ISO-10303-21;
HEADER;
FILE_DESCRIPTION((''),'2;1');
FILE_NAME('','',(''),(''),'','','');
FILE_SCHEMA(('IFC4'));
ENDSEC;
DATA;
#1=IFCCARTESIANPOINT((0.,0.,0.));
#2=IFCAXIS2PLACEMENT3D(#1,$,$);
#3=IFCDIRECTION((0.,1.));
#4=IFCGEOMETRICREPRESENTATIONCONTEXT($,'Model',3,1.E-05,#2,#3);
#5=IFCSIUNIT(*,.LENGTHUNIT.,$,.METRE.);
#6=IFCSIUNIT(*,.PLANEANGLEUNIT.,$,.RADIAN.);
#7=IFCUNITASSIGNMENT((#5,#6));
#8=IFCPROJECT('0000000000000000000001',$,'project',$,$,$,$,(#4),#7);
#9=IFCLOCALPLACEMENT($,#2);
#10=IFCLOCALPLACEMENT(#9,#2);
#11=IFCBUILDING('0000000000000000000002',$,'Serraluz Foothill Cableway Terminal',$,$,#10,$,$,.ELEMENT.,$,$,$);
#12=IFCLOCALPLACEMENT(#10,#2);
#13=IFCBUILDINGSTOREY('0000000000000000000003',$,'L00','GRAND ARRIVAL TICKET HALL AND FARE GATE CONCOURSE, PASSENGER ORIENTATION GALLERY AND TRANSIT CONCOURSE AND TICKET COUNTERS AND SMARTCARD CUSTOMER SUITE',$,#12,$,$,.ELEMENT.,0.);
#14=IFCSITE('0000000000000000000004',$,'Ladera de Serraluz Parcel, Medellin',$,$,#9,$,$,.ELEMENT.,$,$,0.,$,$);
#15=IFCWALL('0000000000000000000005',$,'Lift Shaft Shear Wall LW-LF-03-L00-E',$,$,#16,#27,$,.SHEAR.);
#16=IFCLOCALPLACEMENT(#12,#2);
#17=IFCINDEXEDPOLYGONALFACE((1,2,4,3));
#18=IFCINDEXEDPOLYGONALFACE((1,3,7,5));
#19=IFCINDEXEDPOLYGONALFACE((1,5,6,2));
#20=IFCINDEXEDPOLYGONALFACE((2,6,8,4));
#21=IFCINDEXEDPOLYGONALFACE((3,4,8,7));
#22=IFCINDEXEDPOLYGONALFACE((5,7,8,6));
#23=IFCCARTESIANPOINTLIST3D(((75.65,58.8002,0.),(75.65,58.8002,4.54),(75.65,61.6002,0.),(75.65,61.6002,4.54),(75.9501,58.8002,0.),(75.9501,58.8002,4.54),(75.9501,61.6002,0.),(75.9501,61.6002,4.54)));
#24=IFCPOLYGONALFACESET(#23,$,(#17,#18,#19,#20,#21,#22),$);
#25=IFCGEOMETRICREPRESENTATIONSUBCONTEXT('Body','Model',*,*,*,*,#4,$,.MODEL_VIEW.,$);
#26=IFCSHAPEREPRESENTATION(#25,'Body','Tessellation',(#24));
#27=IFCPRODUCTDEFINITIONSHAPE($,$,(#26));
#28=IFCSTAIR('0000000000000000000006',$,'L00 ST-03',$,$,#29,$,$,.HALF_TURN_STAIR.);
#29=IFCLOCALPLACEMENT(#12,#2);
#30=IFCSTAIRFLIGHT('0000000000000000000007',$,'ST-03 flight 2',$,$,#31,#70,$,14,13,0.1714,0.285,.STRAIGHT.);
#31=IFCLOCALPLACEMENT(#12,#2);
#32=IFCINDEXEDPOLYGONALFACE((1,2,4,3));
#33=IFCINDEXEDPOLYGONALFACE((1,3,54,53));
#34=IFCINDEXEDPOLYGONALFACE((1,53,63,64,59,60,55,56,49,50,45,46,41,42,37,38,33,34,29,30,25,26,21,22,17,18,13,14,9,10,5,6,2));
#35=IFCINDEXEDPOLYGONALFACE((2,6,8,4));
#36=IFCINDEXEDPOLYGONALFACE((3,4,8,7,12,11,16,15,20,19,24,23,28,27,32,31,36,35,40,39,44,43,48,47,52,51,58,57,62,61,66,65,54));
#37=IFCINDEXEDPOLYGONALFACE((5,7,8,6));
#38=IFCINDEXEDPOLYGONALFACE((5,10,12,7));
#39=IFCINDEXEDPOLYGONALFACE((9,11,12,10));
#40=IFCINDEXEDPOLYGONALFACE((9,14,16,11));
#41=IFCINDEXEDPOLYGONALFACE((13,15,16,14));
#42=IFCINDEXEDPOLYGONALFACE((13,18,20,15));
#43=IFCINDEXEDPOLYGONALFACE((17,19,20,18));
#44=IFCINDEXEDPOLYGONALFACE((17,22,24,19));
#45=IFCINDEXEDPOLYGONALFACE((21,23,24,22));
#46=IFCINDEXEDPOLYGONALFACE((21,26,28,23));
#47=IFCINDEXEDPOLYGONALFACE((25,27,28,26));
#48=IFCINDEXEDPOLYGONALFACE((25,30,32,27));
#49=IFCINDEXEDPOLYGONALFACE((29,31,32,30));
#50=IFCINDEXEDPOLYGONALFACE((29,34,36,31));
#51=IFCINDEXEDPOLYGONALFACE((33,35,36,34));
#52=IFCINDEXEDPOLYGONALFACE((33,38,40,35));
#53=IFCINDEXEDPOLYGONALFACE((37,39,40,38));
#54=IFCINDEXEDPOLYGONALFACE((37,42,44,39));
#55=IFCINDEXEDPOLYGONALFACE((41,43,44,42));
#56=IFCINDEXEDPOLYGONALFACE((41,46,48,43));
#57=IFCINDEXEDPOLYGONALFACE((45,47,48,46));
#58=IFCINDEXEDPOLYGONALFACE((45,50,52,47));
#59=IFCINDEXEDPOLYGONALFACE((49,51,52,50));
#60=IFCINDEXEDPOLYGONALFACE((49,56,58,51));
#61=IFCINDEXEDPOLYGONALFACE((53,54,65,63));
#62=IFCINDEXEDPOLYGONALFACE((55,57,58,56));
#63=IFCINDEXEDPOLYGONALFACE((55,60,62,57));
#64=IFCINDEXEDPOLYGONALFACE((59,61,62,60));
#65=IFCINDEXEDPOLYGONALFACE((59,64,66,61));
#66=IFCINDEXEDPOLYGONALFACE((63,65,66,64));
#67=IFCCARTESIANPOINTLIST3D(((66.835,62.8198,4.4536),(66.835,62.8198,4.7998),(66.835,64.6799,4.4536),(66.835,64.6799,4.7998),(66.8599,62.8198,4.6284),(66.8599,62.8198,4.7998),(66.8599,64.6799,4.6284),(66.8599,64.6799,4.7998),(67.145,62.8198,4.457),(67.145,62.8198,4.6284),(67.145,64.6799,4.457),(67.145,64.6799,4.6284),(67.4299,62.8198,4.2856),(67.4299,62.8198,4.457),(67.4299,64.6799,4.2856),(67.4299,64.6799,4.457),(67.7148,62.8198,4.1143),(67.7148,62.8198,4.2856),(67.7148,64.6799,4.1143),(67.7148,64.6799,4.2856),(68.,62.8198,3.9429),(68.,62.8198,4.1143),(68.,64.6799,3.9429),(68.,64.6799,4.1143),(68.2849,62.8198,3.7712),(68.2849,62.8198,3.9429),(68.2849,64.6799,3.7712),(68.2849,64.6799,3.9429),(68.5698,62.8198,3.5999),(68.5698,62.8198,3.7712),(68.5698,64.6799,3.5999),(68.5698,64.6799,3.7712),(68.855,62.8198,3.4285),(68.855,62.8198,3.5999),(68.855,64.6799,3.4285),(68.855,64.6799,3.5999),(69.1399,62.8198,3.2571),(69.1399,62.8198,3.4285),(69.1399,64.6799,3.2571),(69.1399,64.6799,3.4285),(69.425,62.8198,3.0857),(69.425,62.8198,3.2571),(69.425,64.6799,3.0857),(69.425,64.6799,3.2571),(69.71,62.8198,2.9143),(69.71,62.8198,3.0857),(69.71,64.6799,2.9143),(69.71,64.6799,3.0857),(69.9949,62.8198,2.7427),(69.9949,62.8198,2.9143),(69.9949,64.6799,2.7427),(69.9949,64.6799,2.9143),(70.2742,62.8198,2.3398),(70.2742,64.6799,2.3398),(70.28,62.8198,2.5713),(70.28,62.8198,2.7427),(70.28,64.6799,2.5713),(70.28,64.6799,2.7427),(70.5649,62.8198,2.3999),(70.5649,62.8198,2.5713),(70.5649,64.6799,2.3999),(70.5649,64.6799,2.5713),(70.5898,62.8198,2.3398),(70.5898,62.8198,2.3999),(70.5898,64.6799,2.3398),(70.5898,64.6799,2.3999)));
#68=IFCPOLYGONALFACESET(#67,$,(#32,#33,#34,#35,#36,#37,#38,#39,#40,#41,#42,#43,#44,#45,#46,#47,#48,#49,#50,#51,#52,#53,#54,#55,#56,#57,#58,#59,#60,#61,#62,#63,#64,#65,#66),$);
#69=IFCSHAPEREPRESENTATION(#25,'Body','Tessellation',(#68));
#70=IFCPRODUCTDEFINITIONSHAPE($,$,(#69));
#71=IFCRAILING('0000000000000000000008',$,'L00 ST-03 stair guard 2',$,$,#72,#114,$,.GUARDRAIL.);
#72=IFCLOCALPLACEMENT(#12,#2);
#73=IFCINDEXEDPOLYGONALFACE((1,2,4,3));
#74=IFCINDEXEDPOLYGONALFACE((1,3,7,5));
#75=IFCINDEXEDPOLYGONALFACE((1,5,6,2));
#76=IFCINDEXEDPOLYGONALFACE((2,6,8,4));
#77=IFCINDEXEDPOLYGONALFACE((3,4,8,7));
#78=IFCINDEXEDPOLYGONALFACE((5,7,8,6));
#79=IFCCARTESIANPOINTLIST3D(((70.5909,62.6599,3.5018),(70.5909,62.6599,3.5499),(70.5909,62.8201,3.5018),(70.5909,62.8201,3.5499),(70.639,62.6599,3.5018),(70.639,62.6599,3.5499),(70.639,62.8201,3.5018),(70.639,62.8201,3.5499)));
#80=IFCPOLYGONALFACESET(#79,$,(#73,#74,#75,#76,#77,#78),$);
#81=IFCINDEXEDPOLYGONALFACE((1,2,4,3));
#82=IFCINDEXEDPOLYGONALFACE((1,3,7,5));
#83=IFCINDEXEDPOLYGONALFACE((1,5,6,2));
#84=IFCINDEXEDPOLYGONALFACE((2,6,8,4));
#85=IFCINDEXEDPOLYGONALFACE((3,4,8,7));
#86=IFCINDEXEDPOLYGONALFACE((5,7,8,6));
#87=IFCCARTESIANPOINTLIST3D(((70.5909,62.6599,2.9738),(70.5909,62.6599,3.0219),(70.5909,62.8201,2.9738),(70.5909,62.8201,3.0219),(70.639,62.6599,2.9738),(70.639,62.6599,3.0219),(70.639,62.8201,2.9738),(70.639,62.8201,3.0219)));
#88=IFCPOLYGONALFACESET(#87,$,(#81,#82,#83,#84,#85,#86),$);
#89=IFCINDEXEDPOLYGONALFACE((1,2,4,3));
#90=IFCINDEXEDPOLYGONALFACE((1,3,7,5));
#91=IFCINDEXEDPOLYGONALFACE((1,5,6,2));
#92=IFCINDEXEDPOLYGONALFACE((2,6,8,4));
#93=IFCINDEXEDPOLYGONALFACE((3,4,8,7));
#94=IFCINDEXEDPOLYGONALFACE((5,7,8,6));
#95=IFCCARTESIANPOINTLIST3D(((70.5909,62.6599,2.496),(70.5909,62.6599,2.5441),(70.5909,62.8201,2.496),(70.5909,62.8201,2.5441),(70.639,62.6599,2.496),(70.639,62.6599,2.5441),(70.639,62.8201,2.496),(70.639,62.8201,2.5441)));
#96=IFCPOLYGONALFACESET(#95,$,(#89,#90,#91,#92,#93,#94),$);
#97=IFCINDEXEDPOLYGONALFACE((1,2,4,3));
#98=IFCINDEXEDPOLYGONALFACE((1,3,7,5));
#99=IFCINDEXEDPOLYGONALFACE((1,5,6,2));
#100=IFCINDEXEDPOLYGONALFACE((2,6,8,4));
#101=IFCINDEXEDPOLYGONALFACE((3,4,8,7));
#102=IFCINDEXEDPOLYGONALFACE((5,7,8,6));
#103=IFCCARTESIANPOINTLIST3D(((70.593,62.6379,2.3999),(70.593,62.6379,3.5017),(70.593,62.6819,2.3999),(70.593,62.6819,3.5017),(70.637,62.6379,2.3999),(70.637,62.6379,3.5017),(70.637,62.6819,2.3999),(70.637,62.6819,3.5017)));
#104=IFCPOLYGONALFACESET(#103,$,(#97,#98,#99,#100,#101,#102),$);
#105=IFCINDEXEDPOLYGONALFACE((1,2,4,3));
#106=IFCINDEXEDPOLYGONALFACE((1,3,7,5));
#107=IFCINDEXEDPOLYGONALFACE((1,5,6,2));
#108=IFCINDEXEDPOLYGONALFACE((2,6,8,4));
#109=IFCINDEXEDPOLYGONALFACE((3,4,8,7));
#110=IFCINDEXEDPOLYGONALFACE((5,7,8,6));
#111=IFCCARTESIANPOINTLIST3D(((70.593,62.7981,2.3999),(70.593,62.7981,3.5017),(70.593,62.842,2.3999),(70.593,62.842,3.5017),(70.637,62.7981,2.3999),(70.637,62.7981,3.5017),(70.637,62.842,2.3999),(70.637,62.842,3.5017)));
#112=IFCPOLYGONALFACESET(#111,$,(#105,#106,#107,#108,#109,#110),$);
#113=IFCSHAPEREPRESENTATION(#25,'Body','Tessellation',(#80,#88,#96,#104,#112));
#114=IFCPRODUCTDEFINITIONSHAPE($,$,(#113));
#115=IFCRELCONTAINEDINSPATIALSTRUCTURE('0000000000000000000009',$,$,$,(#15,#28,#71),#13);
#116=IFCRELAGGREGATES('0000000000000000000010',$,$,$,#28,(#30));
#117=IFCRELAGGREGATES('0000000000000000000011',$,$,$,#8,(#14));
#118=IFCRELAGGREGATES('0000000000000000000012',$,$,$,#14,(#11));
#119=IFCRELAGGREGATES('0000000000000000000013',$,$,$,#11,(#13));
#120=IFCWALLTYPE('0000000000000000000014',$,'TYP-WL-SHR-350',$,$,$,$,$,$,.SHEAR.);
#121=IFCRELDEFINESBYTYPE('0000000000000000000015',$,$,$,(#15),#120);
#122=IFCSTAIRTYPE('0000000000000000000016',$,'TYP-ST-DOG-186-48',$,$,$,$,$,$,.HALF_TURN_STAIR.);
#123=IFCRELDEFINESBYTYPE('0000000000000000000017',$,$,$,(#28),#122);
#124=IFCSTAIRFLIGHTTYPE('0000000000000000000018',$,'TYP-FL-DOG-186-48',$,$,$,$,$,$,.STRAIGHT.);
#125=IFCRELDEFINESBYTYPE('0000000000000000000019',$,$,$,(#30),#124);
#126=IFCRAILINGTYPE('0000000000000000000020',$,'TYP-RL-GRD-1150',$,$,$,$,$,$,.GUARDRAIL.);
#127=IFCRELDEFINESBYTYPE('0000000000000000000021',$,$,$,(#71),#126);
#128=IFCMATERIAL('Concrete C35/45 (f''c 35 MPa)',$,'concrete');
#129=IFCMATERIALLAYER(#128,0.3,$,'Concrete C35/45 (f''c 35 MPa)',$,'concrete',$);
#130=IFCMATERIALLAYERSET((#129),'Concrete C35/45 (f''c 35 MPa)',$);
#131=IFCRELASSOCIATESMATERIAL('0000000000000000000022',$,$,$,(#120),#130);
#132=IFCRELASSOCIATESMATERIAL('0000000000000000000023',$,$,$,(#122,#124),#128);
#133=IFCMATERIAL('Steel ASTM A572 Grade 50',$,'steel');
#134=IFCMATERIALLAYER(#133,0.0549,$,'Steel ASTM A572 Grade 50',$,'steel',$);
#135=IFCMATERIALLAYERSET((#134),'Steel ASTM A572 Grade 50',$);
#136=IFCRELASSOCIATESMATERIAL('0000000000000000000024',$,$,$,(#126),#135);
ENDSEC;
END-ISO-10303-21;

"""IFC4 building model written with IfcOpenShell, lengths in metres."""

from ifc_helpers import new_model, si_unit, direction, frame, frame_2d, origin, origin_2d, place, context, subcontext, project, spatial, polyline, rectangle, outline, extrude, material, layer, layer_set, type_object, element, aggregate, save


model = new_model("IFC4")

# Units and contexts
model_context = context("Model", 3, precision=1e-05, world=origin(), true_north=direction((0.0, 1.0)))
body_context = subcontext(model_context, "Body", "Model", "MODEL_VIEW")
ifc_project = project(units=[si_unit("LENGTHUNIT", "METRE"), si_unit("PLANEANGLEUNIT", "RADIAN")], contexts=[model_context])

# Site, building, storey
site_placement = place(None, origin())
site = spatial("IfcSite", under=ifc_project, at=site_placement, Name="Ladera de Serraluz Parcel, Medellin", CompositionType="ELEMENT", RefElevation=0.0)
building_placement = place(site_placement, origin())
building = spatial("IfcBuilding", under=site, at=building_placement, Name="Serraluz Foothill Cableway Terminal", CompositionType="ELEMENT")
storey_placement = place(building_placement, origin())
storey = spatial("IfcBuildingStorey", under=building, at=storey_placement, Name="L00", Description="GRAND ARRIVAL TICKET HALL AND FARE GATE CONCOURSE, PASSENGER ORIENTATION GALLERY AND TRANSIT CONCOURSE AND TICKET COUNTERS AND SMARTCARD CUSTOMER SUITE", CompositionType="ELEMENT", Elevation=0.0)

# Shared definitions
ifc_material_1 = material(Name="Concrete C35/45 (f'c 35 MPa)", Category="concrete")

# Shared definitions
ifc_layer_1 = layer(ifc_material_1, 0.3, Name="Concrete C35/45 (f'c 35 MPa)", Category="concrete")
ifc_layer_set_1 = layer_set([ifc_layer_1], Name="Concrete C35/45 (f'c 35 MPa)")
wall_type_1 = type_object("IfcWallType", Name="TYP-WL-SHR-350", PredefinedType="SHEAR", material=ifc_layer_set_1)

# Wall
wall_1_placement = place(storey_placement, frame((75.8, 61.6001, 0.0), z_axis=(0.0, 0.0, 1.0), x_axis=(0.0, -1.0, 0.0)))
element("IfcWall", 1, at=wall_1_placement, inside=storey, type_object=wall_type_1, Name="Lift Shaft Shear Wall LW-LF-03-L00-E", PredefinedType="SHEAR", context=body_context, shape_type="SweptSolid", body=[
    extrude(rectangle(XDim=2.8, YDim=0.3, at=frame_2d((1.3999, 0.0))), origin(), (0.0, 0.0, 1.0), 4.54),
])

# Stair, stair flight
stair_type = type_object("IfcStairType", Name="TYP-ST-DOG-186-48", PredefinedType="HALF_TURN_STAIR", material=ifc_material_1)
stair_placement = place(storey_placement, origin())
stair = element("IfcStair", 2, at=stair_placement, inside=storey, type_object=stair_type, Name="L00 ST-03", PredefinedType="HALF_TURN_STAIR")
stair_flight_type = type_object("IfcStairFlightType", Name="TYP-FL-DOG-186-48", PredefinedType="STRAIGHT", material=ifc_material_1)
stair_flight_placement = place(storey_placement, frame((70.5649, 63.75, 2.3999), z_axis=(0.0, 0.0, 1.0), x_axis=(-1.0, 0.0, 0.0)))
stair_flight = element("IfcStairFlight", 3, at=stair_flight_placement, type_object=stair_flight_type, Name="ST-03 flight 2", NumberOfRisers=14, NumberOfTreads=13, PredefinedType="STRAIGHT", RiserHeight=0.1714, TreadLength=0.285, context=body_context, shape_type="SweptSolid", body=[
    extrude(outline(polyline([(-0.0249, -0.0601), (-0.0249, 0.0), (0.0, 0.0), (0.0, 0.1714), (0.2849, 0.1714), (0.2849, 0.3428), (0.5701, 0.3428), (0.5701, 0.5144), (0.855, 0.5144), (0.855, 0.6858), (1.1399, 0.6858), (1.1399, 0.8572), (1.425, 0.8572), (1.425, 1.0286), (1.71, 1.0286), (1.71, 1.2), (1.9951, 1.2), (1.9951, 1.3713), (2.28, 1.3713), (2.28, 1.543), (2.5649, 1.543), (2.5649, 1.7144), (2.8501, 1.7144), (2.8501, 1.8857), (3.135, 1.8857), (3.135, 2.0571), (3.4199, 2.0571), (3.4199, 2.2285), (3.7051, 2.2285), (3.7051, 2.3999), (3.73, 2.3999), (3.73, 2.0537), (0.2908, -0.0601), (-0.0249, -0.0601)])), frame((0.0, 0.9302, 0.0), z_axis=(0.0, -1.0, 0.0), x_axis=(1.0, 0.0, 0.0)), (0.0, 0.0, 1.0), 1.8601),
])
aggregate(stair, [stair_flight])

# Railing
ifc_material_2 = material(Name="Steel ASTM A572 Grade 50", Category="steel")
ifc_layer_2 = layer(ifc_material_2, 0.0549, Name="Steel ASTM A572 Grade 50", Category="steel")
ifc_layer_set_2 = layer_set([ifc_layer_2], Name="Steel ASTM A572 Grade 50")
railing_type_1 = type_object("IfcRailingType", Name="TYP-RL-GRD-1150", PredefinedType="GUARDRAIL", material=ifc_layer_set_2)
railing_1_placement = place(storey_placement, frame((70.615, 62.6599, 2.3999)))
element("IfcRailing", 4, at=railing_1_placement, inside=storey, type_object=railing_type_1, Name="L00 ST-03 stair guard 2", PredefinedType="GUARDRAIL", context=body_context, shape_type="SweptSolid", body=[
    extrude(rectangle(XDim=0.0481, YDim=0.0481, at=origin_2d()), frame((0.0, 0.0, 1.126), z_axis=(0.0, 1.0, 0.0), x_axis=(-1.0, 0.0, 0.0)), (0.0, 0.0, 1.0), 0.1602),
    extrude(rectangle(XDim=0.0481, YDim=0.0481, at=origin_2d()), frame((0.0, 0.0, 0.5979), z_axis=(0.0, 1.0, 0.0), x_axis=(-1.0, 0.0, 0.0)), (0.0, 0.0, 1.0), 0.1602),
    extrude(rectangle(XDim=0.0481, YDim=0.0481, at=origin_2d()), frame((0.0, 0.0, 0.1201), z_axis=(0.0, 1.0, 0.0), x_axis=(-1.0, 0.0, 0.0)), (0.0, 0.0, 1.0), 0.1602),
    extrude(rectangle(XDim=0.0439, YDim=0.0439, at=origin_2d()), origin(), (0.0, 0.0, 1.0), 1.1018),
    extrude(rectangle(XDim=0.0439, YDim=0.0439, at=origin_2d()), frame((0.0, 0.1602, 0.0)), (0.0, 0.0, 1.0), 1.1018),
])

save(model, "model.ifc")
